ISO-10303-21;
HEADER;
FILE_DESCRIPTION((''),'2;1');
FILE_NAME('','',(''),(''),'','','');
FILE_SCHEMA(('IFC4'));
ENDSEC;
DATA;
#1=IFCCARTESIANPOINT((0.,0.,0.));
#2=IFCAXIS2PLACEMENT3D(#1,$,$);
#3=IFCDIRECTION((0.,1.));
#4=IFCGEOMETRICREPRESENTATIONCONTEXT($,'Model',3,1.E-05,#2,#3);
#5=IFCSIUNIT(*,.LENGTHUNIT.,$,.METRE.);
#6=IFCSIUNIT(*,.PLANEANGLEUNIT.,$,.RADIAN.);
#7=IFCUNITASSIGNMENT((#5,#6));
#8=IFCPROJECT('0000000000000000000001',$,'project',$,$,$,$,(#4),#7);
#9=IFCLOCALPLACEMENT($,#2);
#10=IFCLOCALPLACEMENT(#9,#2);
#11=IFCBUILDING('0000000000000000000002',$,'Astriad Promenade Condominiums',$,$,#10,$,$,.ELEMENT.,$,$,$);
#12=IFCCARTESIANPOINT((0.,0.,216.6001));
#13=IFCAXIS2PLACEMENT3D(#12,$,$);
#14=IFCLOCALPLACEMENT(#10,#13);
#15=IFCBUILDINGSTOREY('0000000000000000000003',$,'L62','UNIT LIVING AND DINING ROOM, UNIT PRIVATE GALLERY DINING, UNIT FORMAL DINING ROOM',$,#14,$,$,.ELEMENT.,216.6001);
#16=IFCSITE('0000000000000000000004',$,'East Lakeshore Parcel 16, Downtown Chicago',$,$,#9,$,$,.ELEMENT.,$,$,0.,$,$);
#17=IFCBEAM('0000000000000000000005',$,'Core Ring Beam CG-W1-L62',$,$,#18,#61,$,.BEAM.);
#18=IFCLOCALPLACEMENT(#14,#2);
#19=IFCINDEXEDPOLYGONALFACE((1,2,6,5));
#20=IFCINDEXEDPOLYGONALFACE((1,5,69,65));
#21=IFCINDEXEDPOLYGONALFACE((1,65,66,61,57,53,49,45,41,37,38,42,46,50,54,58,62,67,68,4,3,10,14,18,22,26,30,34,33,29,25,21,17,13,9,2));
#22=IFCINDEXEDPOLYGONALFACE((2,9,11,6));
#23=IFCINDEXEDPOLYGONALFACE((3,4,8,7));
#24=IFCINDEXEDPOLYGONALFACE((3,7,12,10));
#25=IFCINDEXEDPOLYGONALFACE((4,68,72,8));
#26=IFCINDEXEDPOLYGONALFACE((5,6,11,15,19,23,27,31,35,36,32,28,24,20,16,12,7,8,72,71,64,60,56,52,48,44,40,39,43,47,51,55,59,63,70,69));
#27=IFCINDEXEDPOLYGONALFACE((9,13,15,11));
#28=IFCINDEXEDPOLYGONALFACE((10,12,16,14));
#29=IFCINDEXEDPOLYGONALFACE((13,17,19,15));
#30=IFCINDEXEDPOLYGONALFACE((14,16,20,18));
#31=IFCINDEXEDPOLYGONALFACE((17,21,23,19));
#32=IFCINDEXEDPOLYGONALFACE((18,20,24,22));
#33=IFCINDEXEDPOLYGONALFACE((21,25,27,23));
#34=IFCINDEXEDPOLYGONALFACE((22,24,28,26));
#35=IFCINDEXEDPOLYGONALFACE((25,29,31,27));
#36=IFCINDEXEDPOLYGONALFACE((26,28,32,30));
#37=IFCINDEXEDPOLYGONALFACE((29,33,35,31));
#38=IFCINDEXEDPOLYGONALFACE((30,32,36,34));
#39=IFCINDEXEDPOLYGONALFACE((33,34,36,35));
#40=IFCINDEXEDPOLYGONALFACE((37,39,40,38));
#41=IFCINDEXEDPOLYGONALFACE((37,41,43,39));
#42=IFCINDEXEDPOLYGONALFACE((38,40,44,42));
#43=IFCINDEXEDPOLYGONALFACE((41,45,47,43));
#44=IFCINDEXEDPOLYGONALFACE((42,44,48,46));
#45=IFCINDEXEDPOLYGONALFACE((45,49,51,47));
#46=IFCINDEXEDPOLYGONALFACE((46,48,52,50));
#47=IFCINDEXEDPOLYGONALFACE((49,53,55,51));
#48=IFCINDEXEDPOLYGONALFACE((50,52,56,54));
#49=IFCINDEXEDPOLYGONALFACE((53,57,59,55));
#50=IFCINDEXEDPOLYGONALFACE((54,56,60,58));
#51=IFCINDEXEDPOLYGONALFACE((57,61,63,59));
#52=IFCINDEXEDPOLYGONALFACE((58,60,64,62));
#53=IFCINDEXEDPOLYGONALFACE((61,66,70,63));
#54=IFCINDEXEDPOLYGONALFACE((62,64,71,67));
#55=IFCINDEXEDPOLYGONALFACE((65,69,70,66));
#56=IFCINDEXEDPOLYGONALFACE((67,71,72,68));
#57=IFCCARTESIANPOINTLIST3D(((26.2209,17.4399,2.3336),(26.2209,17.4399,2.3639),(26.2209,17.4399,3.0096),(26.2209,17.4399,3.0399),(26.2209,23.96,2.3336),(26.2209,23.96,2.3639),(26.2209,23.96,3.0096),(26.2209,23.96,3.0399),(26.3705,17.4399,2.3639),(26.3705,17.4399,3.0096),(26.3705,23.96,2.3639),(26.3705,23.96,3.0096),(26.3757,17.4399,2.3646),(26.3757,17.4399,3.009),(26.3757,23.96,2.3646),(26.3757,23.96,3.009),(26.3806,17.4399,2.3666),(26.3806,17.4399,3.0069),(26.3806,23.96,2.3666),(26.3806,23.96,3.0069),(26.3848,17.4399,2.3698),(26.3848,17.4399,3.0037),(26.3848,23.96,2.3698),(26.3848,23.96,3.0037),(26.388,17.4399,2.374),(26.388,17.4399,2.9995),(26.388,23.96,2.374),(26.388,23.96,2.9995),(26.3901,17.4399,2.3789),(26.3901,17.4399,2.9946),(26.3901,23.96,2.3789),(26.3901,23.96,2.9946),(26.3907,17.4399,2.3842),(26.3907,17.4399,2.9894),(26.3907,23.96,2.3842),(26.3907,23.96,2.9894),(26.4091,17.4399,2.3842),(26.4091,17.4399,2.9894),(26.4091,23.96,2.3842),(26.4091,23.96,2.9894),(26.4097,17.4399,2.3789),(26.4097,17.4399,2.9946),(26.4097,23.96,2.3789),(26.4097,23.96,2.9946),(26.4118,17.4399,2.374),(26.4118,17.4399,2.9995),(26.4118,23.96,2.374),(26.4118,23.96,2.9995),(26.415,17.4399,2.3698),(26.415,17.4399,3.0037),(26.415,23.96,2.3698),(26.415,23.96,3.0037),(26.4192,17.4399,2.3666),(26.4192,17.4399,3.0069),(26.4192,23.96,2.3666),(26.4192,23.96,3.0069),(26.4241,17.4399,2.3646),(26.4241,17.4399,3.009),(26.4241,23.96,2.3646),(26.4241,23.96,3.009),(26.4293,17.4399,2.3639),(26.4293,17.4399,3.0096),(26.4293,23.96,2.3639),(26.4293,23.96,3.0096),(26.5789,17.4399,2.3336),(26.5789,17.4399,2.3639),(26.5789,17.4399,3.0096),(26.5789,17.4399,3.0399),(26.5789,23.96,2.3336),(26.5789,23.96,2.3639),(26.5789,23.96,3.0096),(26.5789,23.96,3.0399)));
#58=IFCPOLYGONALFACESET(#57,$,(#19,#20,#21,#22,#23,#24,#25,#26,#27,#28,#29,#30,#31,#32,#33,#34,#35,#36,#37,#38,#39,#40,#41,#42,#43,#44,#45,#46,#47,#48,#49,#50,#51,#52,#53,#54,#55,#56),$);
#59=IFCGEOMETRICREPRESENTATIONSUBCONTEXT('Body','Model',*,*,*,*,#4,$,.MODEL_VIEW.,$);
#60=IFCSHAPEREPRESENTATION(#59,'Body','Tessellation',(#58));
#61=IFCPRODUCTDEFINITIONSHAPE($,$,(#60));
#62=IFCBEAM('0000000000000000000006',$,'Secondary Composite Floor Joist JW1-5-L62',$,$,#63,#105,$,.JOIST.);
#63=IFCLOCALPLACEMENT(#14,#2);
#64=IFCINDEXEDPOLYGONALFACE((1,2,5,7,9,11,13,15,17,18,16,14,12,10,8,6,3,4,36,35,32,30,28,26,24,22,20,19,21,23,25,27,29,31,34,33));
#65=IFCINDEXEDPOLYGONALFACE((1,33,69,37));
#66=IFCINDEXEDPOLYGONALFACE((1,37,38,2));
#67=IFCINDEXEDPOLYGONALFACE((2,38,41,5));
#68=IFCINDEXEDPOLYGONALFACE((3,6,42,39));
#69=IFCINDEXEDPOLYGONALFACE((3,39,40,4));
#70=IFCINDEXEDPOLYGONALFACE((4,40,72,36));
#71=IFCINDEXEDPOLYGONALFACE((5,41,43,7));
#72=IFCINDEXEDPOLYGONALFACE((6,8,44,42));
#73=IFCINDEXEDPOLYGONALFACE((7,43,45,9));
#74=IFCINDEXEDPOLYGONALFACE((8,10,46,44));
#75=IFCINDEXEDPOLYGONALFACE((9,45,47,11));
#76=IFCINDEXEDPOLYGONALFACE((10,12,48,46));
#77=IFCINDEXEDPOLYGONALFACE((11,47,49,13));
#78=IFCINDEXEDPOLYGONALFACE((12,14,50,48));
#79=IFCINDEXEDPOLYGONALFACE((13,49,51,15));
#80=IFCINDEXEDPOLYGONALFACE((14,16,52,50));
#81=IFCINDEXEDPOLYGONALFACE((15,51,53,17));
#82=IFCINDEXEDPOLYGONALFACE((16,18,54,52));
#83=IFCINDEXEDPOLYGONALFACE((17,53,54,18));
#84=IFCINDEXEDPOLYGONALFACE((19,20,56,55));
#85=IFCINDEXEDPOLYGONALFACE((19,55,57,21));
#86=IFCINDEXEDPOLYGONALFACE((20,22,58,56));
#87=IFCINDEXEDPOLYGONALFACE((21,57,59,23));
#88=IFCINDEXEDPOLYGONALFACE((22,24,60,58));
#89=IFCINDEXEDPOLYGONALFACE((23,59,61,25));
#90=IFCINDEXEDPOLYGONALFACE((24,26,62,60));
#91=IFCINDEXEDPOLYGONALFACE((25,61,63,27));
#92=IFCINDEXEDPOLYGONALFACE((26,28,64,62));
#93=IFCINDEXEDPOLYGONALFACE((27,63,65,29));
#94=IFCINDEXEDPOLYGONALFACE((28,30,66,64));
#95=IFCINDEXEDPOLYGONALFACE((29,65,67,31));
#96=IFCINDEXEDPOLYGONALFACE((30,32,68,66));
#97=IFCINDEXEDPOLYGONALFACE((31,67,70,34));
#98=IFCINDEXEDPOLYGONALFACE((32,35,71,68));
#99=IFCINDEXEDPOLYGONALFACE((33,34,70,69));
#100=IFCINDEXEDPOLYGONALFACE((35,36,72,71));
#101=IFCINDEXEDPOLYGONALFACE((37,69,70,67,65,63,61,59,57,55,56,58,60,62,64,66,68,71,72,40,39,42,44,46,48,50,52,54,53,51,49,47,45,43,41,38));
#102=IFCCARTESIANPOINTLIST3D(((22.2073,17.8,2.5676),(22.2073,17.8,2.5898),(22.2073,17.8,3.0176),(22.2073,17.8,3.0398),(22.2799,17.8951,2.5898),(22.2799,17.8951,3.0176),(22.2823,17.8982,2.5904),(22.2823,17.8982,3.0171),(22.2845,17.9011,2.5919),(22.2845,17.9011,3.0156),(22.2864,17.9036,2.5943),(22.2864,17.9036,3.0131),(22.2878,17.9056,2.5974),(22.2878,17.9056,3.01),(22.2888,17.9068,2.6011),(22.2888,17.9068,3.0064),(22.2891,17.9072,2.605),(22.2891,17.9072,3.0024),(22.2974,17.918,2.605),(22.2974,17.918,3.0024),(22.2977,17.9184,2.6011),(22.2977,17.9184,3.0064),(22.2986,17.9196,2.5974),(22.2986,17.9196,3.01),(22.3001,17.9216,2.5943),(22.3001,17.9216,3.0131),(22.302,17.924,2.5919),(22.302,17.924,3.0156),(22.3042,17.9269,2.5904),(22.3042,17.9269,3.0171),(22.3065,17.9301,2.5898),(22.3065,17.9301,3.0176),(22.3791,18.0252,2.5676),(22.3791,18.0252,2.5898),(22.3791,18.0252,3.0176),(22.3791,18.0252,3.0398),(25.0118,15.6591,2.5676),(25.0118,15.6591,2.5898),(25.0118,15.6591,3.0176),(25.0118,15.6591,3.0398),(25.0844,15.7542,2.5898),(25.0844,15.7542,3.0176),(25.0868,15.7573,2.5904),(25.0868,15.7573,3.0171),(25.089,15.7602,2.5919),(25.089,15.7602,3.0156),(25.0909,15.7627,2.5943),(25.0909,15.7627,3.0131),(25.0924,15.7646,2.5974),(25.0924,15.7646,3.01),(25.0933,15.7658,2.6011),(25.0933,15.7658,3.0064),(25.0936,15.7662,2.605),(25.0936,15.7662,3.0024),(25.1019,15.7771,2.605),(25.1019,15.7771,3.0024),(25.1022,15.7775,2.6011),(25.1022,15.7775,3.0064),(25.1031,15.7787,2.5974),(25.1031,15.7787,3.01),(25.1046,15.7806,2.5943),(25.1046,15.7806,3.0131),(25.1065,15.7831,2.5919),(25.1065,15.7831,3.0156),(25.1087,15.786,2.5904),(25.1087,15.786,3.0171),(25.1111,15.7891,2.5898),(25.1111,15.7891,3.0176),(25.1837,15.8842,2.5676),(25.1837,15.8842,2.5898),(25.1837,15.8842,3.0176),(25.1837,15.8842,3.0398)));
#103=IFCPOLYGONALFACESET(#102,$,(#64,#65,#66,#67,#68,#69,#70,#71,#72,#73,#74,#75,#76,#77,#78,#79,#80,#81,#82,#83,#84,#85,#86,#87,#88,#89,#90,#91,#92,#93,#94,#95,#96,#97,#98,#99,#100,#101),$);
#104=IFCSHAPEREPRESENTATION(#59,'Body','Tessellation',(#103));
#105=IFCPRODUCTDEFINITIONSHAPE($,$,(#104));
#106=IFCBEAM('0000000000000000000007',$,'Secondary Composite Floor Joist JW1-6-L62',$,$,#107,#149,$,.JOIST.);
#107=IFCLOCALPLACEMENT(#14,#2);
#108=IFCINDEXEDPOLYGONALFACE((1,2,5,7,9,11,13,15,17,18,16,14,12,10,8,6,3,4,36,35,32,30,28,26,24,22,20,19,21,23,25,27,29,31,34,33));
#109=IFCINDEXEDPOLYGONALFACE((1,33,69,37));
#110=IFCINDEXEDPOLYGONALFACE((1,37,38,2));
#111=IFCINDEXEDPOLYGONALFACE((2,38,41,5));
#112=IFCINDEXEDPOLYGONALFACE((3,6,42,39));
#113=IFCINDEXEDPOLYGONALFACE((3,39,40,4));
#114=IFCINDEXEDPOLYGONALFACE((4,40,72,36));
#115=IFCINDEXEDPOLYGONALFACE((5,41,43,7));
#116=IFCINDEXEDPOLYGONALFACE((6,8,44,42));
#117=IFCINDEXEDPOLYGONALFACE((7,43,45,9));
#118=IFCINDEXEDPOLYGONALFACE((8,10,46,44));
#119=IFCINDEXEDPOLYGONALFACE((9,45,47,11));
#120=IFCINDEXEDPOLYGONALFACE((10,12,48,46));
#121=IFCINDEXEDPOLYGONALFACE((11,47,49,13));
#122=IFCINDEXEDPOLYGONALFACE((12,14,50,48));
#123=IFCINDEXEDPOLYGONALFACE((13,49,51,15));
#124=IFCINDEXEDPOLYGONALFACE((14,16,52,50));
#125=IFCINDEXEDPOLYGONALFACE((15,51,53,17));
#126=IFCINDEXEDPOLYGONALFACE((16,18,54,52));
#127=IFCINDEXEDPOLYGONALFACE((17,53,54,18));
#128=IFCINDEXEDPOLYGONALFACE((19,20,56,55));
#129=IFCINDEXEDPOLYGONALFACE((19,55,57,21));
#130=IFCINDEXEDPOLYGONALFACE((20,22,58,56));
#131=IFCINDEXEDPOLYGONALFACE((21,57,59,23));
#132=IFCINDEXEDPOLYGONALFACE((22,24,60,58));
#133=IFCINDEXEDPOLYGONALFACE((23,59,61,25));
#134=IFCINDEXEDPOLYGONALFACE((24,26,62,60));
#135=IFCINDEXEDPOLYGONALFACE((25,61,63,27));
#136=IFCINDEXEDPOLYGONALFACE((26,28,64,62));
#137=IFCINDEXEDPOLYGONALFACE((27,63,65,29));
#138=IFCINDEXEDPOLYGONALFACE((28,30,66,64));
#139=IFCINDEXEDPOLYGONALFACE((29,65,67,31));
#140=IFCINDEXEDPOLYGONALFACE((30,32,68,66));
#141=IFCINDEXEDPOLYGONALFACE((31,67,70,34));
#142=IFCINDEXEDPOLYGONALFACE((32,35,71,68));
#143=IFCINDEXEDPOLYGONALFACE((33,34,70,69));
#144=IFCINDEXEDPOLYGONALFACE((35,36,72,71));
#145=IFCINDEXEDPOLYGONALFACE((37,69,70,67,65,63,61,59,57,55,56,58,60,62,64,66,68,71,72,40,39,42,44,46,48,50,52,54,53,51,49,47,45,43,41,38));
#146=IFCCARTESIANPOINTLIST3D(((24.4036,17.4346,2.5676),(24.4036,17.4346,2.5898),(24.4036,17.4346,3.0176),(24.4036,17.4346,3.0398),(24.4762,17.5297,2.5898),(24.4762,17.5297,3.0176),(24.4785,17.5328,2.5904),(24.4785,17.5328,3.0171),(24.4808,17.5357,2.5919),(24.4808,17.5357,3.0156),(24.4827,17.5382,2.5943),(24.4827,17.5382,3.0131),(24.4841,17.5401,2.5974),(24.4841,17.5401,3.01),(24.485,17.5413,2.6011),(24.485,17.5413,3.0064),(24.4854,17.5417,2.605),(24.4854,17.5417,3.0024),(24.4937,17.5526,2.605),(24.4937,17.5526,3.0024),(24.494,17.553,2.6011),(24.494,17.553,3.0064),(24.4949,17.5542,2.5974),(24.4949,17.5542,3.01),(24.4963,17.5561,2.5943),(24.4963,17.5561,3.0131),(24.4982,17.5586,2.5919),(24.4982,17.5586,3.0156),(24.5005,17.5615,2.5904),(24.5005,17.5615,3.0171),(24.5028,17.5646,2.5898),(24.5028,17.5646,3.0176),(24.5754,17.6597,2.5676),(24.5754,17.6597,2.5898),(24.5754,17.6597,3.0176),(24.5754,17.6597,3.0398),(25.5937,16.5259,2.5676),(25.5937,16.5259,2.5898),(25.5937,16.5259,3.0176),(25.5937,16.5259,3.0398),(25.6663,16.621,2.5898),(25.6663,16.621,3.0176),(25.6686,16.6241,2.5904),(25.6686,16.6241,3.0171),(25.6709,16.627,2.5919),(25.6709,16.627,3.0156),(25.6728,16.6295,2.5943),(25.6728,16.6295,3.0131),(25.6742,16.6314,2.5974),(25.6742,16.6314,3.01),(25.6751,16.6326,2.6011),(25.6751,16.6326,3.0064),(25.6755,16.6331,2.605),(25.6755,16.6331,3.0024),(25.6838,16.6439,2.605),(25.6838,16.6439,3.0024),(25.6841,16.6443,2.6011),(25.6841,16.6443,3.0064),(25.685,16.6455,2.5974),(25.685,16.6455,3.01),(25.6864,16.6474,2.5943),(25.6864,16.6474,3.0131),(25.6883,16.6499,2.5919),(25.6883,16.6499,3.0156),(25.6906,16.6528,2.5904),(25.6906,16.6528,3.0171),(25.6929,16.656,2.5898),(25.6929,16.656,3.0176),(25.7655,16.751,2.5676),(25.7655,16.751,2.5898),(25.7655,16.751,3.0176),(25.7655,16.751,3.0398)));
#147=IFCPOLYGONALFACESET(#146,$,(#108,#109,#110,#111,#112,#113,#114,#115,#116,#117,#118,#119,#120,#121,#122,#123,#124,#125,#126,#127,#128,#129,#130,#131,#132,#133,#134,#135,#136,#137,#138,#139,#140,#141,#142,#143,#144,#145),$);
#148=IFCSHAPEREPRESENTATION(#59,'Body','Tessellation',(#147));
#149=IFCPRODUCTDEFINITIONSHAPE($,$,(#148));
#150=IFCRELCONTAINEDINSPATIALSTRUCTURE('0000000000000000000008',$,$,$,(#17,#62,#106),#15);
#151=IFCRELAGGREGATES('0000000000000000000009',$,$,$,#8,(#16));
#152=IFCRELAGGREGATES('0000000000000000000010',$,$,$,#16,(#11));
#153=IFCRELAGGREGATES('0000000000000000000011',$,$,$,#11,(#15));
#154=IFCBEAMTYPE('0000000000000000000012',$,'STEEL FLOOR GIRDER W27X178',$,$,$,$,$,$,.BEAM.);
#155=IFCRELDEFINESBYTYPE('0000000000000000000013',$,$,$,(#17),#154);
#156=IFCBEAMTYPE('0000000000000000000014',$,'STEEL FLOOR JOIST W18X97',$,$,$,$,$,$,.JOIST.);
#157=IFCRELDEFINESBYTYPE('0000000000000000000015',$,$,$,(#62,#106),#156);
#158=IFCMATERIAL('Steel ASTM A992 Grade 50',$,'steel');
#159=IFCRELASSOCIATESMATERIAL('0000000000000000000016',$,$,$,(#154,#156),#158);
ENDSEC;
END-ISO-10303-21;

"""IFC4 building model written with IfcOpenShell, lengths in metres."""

from ifc_helpers import new_model, si_unit, direction, frame, origin, origin_2d, place, context, subcontext, project, spatial, i_section, extrude, source, transform, mapped, material, material_profile, profile_set, type_object, type_shapes, element, save


model = new_model("IFC4")

# Units and contexts
model_context = context("Model", 3, precision=1e-05, world=origin(), true_north=direction((0.0, 1.0)))
body_context = subcontext(model_context, "Body", "Model", "MODEL_VIEW")
ifc_project = project(units=[si_unit("LENGTHUNIT", "METRE"), si_unit("PLANEANGLEUNIT", "RADIAN")], contexts=[model_context])

# Site, building, storey
site_placement = place(None, origin())
site = spatial("IfcSite", under=ifc_project, at=site_placement, Name="East Lakeshore Parcel 16, Downtown Chicago", CompositionType="ELEMENT", RefElevation=0.0)
building_placement = place(site_placement, origin())
building = spatial("IfcBuilding", under=site, at=building_placement, Name="Astriad Promenade Condominiums", CompositionType="ELEMENT")
storey_placement = place(building_placement, frame((0.0, 0.0, 216.6001)))
storey = spatial("IfcBuildingStorey", under=building, at=storey_placement, Name="L62", Description="UNIT LIVING AND DINING ROOM, UNIT PRIVATE GALLERY DINING, UNIT FORMAL DINING ROOM", CompositionType="ELEMENT", Elevation=216.6001)

# Beams
ifc_material_1 = material(Name="Steel ASTM A992 Grade 50", Category="steel")
ifc_material_profile_1 = material_profile(ifc_material_1, i_section(OverallWidth=0.3579, OverallDepth=0.7063, WebThickness=0.0183, FlangeThickness=0.0303, FilletRadius=0.0203, at=origin_2d()), Name="W27X178")
ifc_profile_set_1 = profile_set([ifc_material_profile_1], Name="Steel ASTM A992 Grade 50")
beam_type_1 = type_object("IfcBeamType", Name="STEEL FLOOR GIRDER W27X178", PredefinedType="BEAM", material=ifc_profile_set_1)
shared_shape_1 = source(origin(), body_context, "Body", "SweptSolid", [
    extrude(i_section(OverallWidth=0.3579, OverallDepth=0.7063, WebThickness=0.0183, FlangeThickness=0.0303, FilletRadius=0.0203, at=origin_2d()), origin(), (0.0, 0.0, 1.0), 6.52),
])
type_shapes(beam_type_1, [shared_shape_1])
beam_1_placement = place(storey_placement, frame((26.3999, 17.4399, 2.6868), z_axis=(0.0, 1.0, 0.0), x_axis=(-1.0, 0.0, 0.0)))
element("IfcBeam", 1, at=beam_1_placement, inside=storey, type_object=beam_type_1, Name="Core Ring Beam CG-W1-L62", PredefinedType="BEAM", context=body_context, shape_type="MappedRepresentation", body=[
    mapped(shared_shape_1, transform((0.0, 0.0, 0.0), scale=1.0)),
])
ifc_material_profile_2 = material_profile(ifc_material_1, i_section(OverallWidth=0.2832, OverallDepth=0.4722, WebThickness=0.0137, FlangeThickness=0.0222, FilletRadius=0.0151, at=origin_2d()), Name="W18X97")
ifc_profile_set_2 = profile_set([ifc_material_profile_2], Name="Steel ASTM A992 Grade 50")
beam_type_2 = type_object("IfcBeamType", Name="STEEL FLOOR JOIST W18X97", PredefinedType="JOIST", material=ifc_profile_set_2)
shared_shape_2 = source(origin(), body_context, "Body", "SweptSolid", [
    extrude(i_section(OverallWidth=0.2832, OverallDepth=0.4722, WebThickness=0.0137, FlangeThickness=0.0222, FilletRadius=0.0151, at=origin_2d()), origin(), (0.0, 0.0, 1.0), 3.5283),
])
beam_2_placement = place(storey_placement, frame((22.2932, 17.9126, 2.8037), z_axis=(0.794864, -0.606787, 0.0), x_axis=(0.606787, 0.794864, 0.0)))
element("IfcBeam", 2, at=beam_2_placement, inside=storey, type_object=beam_type_2, Name="Secondary Composite Floor Joist JW1-5-L62", PredefinedType="JOIST", context=body_context, shape_type="MappedRepresentation", body=[
    mapped(shared_shape_2, transform((0.0, 0.0, 0.0), scale=1.0)),
])
shared_shape_3 = source(origin(), body_context, "Body", "SweptSolid", [
    extrude(i_section(OverallWidth=0.2832, OverallDepth=0.4722, WebThickness=0.0137, FlangeThickness=0.0222, FilletRadius=0.0151, at=origin_2d()), origin(), (0.0, 0.0, 1.0), 1.4973),
])
type_shapes(beam_type_2, [shared_shape_2, shared_shape_3])
beam_3_placement = place(storey_placement, frame((24.4895, 17.5471, 2.8037), z_axis=(0.794825, -0.606839, 0.0), x_axis=(0.606839, 0.794825, 0.0)))
element("IfcBeam", 3, at=beam_3_placement, inside=storey, type_object=beam_type_2, Name="Secondary Composite Floor Joist JW1-6-L62", PredefinedType="JOIST", context=body_context, shape_type="MappedRepresentation", body=[
    mapped(shared_shape_3, transform((0.0, 0.0, 0.0), scale=1.0)),
])

save(model, "model.ifc")
